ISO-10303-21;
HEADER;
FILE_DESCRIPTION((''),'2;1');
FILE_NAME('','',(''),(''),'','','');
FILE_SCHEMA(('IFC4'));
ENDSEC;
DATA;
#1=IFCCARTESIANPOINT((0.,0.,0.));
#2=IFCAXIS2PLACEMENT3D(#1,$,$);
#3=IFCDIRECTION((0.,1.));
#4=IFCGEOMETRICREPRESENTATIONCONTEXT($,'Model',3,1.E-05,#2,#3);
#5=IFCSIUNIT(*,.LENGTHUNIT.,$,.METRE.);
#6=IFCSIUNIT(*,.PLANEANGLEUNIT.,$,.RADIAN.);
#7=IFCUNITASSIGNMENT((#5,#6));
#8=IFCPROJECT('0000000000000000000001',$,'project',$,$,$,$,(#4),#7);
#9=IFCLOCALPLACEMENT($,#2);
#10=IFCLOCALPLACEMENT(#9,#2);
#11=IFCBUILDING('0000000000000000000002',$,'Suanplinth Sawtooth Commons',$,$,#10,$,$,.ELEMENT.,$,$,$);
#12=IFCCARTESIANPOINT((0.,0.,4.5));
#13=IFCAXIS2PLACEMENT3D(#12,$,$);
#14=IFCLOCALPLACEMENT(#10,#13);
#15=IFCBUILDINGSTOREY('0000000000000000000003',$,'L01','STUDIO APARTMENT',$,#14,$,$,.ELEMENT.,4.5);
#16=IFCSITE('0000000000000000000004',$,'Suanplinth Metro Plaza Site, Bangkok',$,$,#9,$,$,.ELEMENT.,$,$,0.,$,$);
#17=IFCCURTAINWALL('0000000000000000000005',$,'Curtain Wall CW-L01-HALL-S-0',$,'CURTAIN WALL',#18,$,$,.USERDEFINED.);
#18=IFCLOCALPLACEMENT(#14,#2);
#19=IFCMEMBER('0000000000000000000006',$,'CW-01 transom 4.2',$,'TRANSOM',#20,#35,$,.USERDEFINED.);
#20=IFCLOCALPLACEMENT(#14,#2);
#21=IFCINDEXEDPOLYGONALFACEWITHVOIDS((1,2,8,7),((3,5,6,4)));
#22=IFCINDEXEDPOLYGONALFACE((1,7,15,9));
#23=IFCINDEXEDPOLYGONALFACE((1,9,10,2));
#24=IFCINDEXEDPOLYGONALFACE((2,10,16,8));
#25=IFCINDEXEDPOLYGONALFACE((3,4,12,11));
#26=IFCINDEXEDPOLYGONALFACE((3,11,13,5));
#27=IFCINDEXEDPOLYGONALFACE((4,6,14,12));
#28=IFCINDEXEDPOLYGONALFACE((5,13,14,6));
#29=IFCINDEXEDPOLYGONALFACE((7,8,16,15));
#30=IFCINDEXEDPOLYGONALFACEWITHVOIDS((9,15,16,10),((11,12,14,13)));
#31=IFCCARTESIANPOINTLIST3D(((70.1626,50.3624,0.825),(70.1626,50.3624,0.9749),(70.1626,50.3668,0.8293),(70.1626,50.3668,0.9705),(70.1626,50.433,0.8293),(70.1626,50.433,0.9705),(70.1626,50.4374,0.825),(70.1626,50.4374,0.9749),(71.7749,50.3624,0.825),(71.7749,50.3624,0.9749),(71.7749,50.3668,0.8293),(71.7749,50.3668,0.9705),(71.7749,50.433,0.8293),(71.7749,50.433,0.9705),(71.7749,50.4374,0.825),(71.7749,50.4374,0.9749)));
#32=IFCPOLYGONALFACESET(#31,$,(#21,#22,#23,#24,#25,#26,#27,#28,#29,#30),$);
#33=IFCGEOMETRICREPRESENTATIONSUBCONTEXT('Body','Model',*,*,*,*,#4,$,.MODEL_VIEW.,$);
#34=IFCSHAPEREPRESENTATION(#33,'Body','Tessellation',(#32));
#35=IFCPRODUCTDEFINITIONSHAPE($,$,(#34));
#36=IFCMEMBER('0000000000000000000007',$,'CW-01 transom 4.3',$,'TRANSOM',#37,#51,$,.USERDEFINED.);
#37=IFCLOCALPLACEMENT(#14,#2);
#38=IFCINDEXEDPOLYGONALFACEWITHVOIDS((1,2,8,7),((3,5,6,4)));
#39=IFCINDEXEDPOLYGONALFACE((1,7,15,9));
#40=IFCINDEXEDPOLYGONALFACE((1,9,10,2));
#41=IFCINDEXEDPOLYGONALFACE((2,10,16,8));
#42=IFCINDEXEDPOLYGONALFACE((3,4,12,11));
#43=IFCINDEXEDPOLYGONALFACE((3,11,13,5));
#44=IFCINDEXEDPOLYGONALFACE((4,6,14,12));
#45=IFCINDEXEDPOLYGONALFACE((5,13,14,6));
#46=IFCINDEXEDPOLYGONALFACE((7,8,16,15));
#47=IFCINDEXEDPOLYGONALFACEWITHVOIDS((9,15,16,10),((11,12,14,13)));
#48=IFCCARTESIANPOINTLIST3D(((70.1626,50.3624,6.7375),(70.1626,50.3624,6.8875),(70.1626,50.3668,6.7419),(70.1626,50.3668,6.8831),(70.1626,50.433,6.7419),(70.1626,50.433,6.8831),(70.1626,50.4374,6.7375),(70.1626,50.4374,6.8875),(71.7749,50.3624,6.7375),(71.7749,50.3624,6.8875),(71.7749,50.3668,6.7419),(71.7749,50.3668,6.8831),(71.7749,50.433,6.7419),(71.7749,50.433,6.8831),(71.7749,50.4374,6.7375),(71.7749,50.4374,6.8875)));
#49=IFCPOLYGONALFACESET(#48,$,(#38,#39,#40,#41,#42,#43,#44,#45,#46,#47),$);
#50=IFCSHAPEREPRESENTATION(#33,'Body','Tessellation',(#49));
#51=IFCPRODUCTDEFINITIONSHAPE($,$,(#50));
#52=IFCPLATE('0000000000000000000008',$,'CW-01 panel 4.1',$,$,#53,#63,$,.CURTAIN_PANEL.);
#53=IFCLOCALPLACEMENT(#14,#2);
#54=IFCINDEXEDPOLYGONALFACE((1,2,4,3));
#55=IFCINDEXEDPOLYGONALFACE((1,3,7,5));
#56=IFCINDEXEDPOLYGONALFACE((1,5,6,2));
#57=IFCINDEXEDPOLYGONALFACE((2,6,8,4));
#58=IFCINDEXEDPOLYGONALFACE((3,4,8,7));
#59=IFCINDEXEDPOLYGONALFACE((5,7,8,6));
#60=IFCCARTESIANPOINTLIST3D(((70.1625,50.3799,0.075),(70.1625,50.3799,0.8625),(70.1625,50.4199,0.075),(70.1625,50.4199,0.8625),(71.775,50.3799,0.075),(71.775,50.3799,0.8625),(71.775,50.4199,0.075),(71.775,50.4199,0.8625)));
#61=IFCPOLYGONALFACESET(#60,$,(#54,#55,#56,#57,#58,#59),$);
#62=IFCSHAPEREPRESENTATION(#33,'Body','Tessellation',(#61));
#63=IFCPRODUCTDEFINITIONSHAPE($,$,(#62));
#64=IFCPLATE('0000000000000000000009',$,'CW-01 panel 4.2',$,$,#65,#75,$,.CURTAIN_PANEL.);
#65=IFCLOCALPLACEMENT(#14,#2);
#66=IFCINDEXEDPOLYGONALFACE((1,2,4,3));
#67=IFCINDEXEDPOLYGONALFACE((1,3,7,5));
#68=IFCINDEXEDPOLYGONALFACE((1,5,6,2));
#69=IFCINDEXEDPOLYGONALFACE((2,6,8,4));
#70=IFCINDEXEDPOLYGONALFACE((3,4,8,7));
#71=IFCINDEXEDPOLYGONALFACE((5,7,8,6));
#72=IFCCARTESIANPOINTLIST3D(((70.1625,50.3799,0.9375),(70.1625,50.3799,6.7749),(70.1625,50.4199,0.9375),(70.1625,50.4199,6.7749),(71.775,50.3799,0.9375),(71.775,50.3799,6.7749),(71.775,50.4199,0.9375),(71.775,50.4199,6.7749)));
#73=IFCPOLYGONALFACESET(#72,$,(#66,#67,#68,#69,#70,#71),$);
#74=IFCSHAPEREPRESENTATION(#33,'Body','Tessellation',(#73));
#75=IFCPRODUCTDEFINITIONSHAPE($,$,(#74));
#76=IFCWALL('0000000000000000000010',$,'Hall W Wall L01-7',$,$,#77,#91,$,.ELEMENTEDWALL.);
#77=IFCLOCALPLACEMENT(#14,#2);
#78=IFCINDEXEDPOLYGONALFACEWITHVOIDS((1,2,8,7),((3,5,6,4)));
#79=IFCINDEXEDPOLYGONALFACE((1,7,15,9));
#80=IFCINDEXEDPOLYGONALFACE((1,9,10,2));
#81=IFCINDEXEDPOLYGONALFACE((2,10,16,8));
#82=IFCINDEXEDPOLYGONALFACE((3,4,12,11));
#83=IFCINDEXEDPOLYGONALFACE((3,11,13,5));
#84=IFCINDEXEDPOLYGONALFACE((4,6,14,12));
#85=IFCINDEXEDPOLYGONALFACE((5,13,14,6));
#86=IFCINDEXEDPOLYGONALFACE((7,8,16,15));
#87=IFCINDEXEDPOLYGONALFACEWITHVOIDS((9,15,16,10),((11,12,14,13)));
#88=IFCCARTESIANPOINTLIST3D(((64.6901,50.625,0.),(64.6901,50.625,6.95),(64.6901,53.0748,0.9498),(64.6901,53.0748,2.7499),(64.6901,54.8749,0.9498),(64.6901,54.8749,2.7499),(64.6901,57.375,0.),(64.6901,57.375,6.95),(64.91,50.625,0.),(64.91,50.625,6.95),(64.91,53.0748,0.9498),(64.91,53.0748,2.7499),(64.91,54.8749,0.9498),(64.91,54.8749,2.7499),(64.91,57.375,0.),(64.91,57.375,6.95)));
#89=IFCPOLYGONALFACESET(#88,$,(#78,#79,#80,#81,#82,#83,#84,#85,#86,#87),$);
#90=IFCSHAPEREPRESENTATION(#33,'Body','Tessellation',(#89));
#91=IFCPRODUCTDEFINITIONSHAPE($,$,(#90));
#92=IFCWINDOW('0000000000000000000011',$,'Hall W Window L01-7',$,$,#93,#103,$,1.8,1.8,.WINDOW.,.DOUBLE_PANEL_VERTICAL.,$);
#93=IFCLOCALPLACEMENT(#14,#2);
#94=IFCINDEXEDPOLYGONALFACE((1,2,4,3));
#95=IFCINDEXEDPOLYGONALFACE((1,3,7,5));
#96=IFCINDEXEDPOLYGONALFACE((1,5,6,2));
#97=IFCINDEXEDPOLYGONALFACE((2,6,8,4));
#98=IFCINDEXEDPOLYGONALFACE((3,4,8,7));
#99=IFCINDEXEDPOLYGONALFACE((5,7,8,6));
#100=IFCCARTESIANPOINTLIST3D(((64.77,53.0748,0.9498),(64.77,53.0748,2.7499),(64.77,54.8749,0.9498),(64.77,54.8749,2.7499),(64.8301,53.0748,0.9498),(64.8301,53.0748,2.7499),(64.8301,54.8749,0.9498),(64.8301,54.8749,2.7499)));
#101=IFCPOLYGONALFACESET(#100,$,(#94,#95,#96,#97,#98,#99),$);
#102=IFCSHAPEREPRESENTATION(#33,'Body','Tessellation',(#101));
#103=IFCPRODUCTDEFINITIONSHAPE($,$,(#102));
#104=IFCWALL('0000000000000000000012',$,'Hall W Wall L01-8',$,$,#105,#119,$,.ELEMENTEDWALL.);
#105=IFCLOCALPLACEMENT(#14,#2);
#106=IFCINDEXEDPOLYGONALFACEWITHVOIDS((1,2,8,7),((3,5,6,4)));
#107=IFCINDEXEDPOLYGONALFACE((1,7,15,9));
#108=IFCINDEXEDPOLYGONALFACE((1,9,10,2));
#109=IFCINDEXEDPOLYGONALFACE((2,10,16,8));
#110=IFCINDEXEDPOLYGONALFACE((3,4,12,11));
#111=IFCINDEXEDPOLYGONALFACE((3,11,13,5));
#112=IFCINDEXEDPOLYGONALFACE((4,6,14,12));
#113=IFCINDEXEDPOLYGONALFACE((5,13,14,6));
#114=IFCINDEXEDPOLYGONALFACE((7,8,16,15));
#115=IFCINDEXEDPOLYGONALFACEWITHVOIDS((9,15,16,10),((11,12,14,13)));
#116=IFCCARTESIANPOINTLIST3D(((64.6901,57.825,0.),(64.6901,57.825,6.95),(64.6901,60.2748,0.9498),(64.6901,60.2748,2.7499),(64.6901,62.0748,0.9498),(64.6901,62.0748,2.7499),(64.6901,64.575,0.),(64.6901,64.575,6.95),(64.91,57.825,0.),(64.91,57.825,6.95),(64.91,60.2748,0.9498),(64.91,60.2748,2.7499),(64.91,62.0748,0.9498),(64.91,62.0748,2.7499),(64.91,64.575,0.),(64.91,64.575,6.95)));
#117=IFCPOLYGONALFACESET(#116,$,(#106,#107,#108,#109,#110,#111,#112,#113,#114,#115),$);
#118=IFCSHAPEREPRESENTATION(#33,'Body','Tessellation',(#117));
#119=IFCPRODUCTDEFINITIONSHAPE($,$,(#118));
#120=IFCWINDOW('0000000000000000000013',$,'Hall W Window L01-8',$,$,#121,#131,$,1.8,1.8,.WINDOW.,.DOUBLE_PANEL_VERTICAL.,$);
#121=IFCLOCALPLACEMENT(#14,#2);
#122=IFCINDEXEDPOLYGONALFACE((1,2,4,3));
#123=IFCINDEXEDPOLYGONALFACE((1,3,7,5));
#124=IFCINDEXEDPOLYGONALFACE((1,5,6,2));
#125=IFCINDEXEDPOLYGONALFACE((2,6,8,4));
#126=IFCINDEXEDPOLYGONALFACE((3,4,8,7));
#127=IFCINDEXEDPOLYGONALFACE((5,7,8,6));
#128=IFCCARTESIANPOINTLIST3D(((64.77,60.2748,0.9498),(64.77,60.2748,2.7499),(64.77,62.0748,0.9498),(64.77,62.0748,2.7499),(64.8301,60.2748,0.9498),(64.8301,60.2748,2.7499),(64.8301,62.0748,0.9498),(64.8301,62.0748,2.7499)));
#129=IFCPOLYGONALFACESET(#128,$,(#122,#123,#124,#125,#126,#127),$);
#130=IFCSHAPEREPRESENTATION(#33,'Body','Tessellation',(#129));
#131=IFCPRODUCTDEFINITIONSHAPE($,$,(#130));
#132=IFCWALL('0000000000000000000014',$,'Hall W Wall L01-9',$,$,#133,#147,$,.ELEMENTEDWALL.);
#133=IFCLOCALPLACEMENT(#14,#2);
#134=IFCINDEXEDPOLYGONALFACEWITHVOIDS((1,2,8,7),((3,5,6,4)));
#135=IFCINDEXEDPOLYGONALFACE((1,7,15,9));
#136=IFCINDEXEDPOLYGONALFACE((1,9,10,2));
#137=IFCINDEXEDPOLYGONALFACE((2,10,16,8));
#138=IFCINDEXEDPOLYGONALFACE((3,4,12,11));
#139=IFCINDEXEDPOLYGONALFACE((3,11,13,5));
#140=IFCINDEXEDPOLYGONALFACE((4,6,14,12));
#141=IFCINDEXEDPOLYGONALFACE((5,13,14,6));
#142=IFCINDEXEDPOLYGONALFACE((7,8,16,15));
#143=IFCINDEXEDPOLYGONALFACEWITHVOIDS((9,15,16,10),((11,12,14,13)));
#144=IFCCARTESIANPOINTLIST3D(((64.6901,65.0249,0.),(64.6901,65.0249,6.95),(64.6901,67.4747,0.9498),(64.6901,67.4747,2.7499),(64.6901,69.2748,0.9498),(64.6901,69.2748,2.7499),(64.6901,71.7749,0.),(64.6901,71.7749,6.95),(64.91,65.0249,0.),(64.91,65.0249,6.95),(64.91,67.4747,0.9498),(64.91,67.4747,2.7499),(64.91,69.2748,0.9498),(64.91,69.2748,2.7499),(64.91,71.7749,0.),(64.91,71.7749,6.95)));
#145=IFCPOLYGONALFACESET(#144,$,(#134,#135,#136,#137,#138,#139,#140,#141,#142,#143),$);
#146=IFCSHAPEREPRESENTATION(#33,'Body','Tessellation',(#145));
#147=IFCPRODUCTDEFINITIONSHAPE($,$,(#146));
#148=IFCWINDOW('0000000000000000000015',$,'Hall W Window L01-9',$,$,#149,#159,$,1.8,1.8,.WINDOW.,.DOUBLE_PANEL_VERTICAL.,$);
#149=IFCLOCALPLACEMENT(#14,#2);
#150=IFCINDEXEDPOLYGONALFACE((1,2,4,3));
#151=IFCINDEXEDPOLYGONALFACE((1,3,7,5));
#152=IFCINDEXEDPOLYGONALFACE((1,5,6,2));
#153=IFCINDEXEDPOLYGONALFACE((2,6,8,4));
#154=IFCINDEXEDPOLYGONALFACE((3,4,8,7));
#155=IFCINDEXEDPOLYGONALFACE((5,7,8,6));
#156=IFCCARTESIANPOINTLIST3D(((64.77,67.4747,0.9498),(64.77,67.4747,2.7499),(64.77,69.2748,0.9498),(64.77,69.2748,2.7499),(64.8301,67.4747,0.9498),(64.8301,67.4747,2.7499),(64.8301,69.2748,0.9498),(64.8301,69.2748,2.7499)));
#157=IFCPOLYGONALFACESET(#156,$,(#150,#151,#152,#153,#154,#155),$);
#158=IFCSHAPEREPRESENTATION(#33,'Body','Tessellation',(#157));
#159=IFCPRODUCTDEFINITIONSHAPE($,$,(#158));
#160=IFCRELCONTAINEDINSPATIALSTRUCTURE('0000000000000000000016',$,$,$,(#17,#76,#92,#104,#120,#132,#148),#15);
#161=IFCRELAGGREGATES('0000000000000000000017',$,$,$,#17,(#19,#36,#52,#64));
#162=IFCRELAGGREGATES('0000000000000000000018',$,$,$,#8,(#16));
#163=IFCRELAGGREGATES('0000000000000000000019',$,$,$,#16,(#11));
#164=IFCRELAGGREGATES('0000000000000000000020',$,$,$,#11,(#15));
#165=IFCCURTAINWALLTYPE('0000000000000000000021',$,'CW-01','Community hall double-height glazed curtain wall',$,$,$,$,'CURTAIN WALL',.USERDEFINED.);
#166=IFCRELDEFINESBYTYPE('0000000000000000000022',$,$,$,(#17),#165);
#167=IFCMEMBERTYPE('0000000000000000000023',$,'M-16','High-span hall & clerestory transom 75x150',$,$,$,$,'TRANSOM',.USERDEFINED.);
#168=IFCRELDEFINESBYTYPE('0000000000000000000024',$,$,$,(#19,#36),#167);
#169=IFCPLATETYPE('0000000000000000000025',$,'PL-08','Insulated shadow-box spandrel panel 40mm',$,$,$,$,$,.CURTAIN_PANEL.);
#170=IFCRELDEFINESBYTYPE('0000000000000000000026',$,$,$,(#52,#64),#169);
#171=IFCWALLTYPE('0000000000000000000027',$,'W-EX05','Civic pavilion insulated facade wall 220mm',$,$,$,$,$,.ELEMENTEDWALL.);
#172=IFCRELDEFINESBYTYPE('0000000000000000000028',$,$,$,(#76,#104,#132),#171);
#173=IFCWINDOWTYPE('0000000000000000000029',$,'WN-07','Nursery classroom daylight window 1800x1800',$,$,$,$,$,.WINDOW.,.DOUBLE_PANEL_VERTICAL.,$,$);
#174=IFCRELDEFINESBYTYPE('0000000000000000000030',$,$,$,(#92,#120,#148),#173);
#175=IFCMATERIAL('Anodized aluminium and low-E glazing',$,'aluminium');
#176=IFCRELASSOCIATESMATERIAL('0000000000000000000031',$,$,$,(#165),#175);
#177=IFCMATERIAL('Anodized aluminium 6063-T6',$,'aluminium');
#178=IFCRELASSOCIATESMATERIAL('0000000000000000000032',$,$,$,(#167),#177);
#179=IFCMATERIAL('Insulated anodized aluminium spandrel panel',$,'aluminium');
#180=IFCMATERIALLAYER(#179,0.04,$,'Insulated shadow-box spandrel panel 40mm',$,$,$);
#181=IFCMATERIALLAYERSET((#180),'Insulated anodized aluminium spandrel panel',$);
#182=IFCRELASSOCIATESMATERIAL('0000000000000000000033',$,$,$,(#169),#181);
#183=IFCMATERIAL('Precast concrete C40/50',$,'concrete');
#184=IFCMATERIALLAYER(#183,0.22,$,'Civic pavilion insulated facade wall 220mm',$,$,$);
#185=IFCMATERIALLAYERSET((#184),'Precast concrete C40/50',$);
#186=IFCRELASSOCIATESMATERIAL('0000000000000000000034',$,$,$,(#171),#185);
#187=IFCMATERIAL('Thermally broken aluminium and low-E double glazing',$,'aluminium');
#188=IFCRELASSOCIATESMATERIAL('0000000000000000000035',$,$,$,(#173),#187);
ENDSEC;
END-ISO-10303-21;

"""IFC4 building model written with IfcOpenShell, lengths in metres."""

from ifc_helpers import new_model, si_unit, direction, frame, frame_2d, origin, origin_2d, place, context, subcontext, project, spatial, rectangle, hollow_rectangle, extrude, material, layer, layer_set, material_profile, profile_set, type_object, element, fill, aggregate, save


model = new_model("IFC4")

# Units and contexts
model_context = context("Model", 3, precision=1e-05, world=origin(), true_north=direction((0.0, 1.0)))
body_context = subcontext(model_context, "Body", "Model", "MODEL_VIEW")
ifc_project = project(units=[si_unit("LENGTHUNIT", "METRE"), si_unit("PLANEANGLEUNIT", "RADIAN")], contexts=[model_context])

# Site, building, storey
site_placement = place(None, origin())
site = spatial("IfcSite", under=ifc_project, at=site_placement, Name="Suanplinth Metro Plaza Site, Bangkok", CompositionType="ELEMENT", RefElevation=0.0)
building_placement = place(site_placement, origin())
building = spatial("IfcBuilding", under=site, at=building_placement, Name="Suanplinth Sawtooth Commons", CompositionType="ELEMENT")
storey_placement = place(building_placement, frame((0.0, 0.0, 4.5)))
storey = spatial("IfcBuildingStorey", under=building, at=storey_placement, Name="L01", Description="STUDIO APARTMENT", CompositionType="ELEMENT", Elevation=4.5)

# Shared definitions
ifc_material_1 = material(Name="Precast concrete C40/50", Category="concrete")

# Curtain wall, members, plates
ifc_material_2 = material(Name="Anodized aluminium and low-E glazing", Category="aluminium")
curtain_wall_type = type_object("IfcCurtainWallType", Name="CW-01", Description="Community hall double-height glazed curtain wall", ElementType="CURTAIN WALL", PredefinedType="USERDEFINED", material=ifc_material_2)
curtain_wall_placement = place(storey_placement, origin())
curtain_wall = element("IfcCurtainWall", 1, at=curtain_wall_placement, inside=storey, type_object=curtain_wall_type, Name="Curtain Wall CW-L01-HALL-S-0", ObjectType="CURTAIN WALL", PredefinedType="USERDEFINED")
ifc_material_3 = material(Name="Anodized aluminium 6063-T6", Category="aluminium")
ifc_material_profile_1 = material_profile(ifc_material_3, hollow_rectangle(XDim=0.075, YDim=0.1499, WallThickness=0.0044, at=origin_2d()), Name="ALU-TRN 75x150")
ifc_profile_set_1 = profile_set([ifc_material_profile_1], Name="Anodized aluminium 6063-T6")
member_type_1 = type_object("IfcMemberType", Name="M-16", Description="High-span hall & clerestory transom 75x150", ElementType="TRANSOM", PredefinedType="USERDEFINED", material=ifc_profile_set_1)
member_1_placement = place(storey_placement, frame((70.1626, 50.3999, 0.8999), z_axis=(1.0, 0.0, 0.0), x_axis=(0.0, 1.0, 0.0)))
member_1 = element("IfcMember", 2, at=member_1_placement, type_object=member_type_1, Name="CW-01 transom 4.2", ObjectType="TRANSOM", PredefinedType="USERDEFINED", context=body_context, shape_type="SweptSolid", body=[
    extrude(hollow_rectangle(XDim=0.075, YDim=0.1499, WallThickness=0.0044, at=origin_2d()), origin(), (0.0, 0.0, 1.0), 1.6123),
])
member_2_placement = place(storey_placement, frame((70.1626, 50.3999, 6.8125), z_axis=(1.0, 0.0, 0.0), x_axis=(0.0, 1.0, 0.0)))
member_2 = element("IfcMember", 3, at=member_2_placement, type_object=member_type_1, Name="CW-01 transom 4.3", ObjectType="TRANSOM", PredefinedType="USERDEFINED", context=body_context, shape_type="SweptSolid", body=[
    extrude(hollow_rectangle(XDim=0.075, YDim=0.1499, WallThickness=0.0044, at=origin_2d()), origin(), (0.0, 0.0, 1.0), 1.6123),
])
ifc_material_4 = material(Name="Insulated anodized aluminium spandrel panel", Category="aluminium")
ifc_layer_1 = layer(ifc_material_4, 0.04, Name="Insulated shadow-box spandrel panel 40mm")
ifc_layer_set_1 = layer_set([ifc_layer_1], Name="Insulated anodized aluminium spandrel panel")
plate_type = type_object("IfcPlateType", Name="PL-08", Description="Insulated shadow-box spandrel panel 40mm", PredefinedType="CURTAIN_PANEL", material=ifc_layer_set_1)
plate_1_placement = place(storey_placement, frame((70.9688, 50.3999, 0.075), z_axis=(0.0, 0.0, 1.0), x_axis=(1.0, 0.0, 0.0)))
plate_1 = element("IfcPlate", 4, at=plate_1_placement, type_object=plate_type, Name="CW-01 panel 4.1", PredefinedType="CURTAIN_PANEL", context=body_context, shape_type="SweptSolid", body=[
    extrude(rectangle(XDim=1.6125, YDim=0.04, at=origin_2d()), origin(), (0.0, 0.0, 1.0), 0.7876),
])
plate_2_placement = place(storey_placement, frame((70.9688, 50.3999, 0.9375), z_axis=(0.0, 0.0, 1.0), x_axis=(1.0, 0.0, 0.0)))
plate_2 = element("IfcPlate", 5, at=plate_2_placement, type_object=plate_type, Name="CW-01 panel 4.2", PredefinedType="CURTAIN_PANEL", context=body_context, shape_type="SweptSolid", body=[
    extrude(rectangle(XDim=1.6125, YDim=0.04, at=origin_2d()), origin(), (0.0, 0.0, 1.0), 5.8374),
])
aggregate(curtain_wall, [member_1, member_2, plate_1, plate_2])

# Walls, openings, windows
ifc_layer_2 = layer(ifc_material_1, 0.22, Name="Civic pavilion insulated facade wall 220mm")
ifc_layer_set_2 = layer_set([ifc_layer_2], Name="Precast concrete C40/50")
wall_type = type_object("IfcWallType", Name="W-EX05", Description="Civic pavilion insulated facade wall 220mm", PredefinedType="ELEMENTEDWALL", material=ifc_layer_set_2)
wall_1_placement = place(storey_placement, frame((64.8, 50.625, 0.0), z_axis=(0.0, 0.0, 1.0), x_axis=(0.0, 1.0, 0.0)))
wall_1 = element("IfcWall", 6, at=wall_1_placement, inside=storey, type_object=wall_type, Name="Hall W Wall L01-7", PredefinedType="ELEMENTEDWALL", context=body_context, shape_type="SweptSolid", body=[
    extrude(rectangle(XDim=6.75, YDim=0.22, at=frame_2d((3.375, 0.0))), origin(), (0.0, 0.0, 1.0), 6.95),
])
opening_1_placement = place(wall_1_placement, frame((2.45, 0.0, 0.95)))
opening_1 = element("IfcOpeningElement", 7, at=opening_1_placement, cuts=wall_1, PredefinedType="OPENING", context=body_context, shape_type="SweptSolid", body=[
    extrude(rectangle(XDim=1.8, YDim=1.8, at=frame_2d((0.8999, 0.8999))), frame((0.0, 0.125, 0.0), z_axis=(0.0, -1.0, 0.0), x_axis=(1.0, 0.0, 0.0)), (0.0, 0.0, 1.0), 0.2498),
])
ifc_material_5 = material(Name="Thermally broken aluminium and low-E double glazing", Category="aluminium")
window_type_1 = type_object("IfcWindowType", Name="WN-07", Description="Nursery classroom daylight window 1800x1800", PartitioningType="DOUBLE_PANEL_VERTICAL", PredefinedType="WINDOW", material=ifc_material_5)
window_1_placement = place(opening_1_placement, origin())
window_1 = element("IfcWindow", 8, at=window_1_placement, inside=storey, type_object=window_type_1, Name="Hall W Window L01-7", OverallHeight=1.8, OverallWidth=1.8, PartitioningType="DOUBLE_PANEL_VERTICAL", PredefinedType="WINDOW", context=body_context, shape_type="SweptSolid", body=[
    extrude(rectangle(XDim=1.8, YDim=1.8, at=frame_2d((0.8999, 0.8999))), frame((0.0, 0.03, 0.0), z_axis=(0.0, -1.0, 0.0), x_axis=(1.0, 0.0, 0.0)), (0.0, 0.0, 1.0), 0.0601),
])
fill(opening_1, window_1)
wall_2_placement = place(storey_placement, frame((64.8, 57.825, 0.0), z_axis=(0.0, 0.0, 1.0), x_axis=(0.0, 1.0, 0.0)))
wall_2 = element("IfcWall", 9, at=wall_2_placement, inside=storey, type_object=wall_type, Name="Hall W Wall L01-8", PredefinedType="ELEMENTEDWALL", context=body_context, shape_type="SweptSolid", body=[
    extrude(rectangle(XDim=6.75, YDim=0.22, at=frame_2d((3.375, 0.0))), origin(), (0.0, 0.0, 1.0), 6.95),
])
opening_2_placement = place(wall_2_placement, frame((2.45, 0.0, 0.95)))
opening_2 = element("IfcOpeningElement", 10, at=opening_2_placement, cuts=wall_2, PredefinedType="OPENING", context=body_context, shape_type="SweptSolid", body=[
    extrude(rectangle(XDim=1.8, YDim=1.8, at=frame_2d((0.8999, 0.8999))), frame((0.0, 0.125, 0.0), z_axis=(0.0, -1.0, 0.0), x_axis=(1.0, 0.0, 0.0)), (0.0, 0.0, 1.0), 0.2498),
])
window_2_placement = place(opening_2_placement, origin())
window_2 = element("IfcWindow", 11, at=window_2_placement, inside=storey, type_object=window_type_1, Name="Hall W Window L01-8", OverallHeight=1.8, OverallWidth=1.8, PartitioningType="DOUBLE_PANEL_VERTICAL", PredefinedType="WINDOW", context=body_context, shape_type="SweptSolid", body=[
    extrude(rectangle(XDim=1.8, YDim=1.8, at=frame_2d((0.8999, 0.8999))), frame((0.0, 0.03, 0.0), z_axis=(0.0, -1.0, 0.0), x_axis=(1.0, 0.0, 0.0)), (0.0, 0.0, 1.0), 0.0601),
])
fill(opening_2, window_2)
wall_3_placement = place(storey_placement, frame((64.8, 65.0249, 0.0), z_axis=(0.0, 0.0, 1.0), x_axis=(0.0, 1.0, 0.0)))
wall_3 = element("IfcWall", 12, at=wall_3_placement, inside=storey, type_object=wall_type, Name="Hall W Wall L01-9", PredefinedType="ELEMENTEDWALL", context=body_context, shape_type="SweptSolid", body=[
    extrude(rectangle(XDim=6.75, YDim=0.22, at=frame_2d((3.375, 0.0))), origin(), (0.0, 0.0, 1.0), 6.95),
])
opening_3_placement = place(wall_3_placement, frame((2.45, 0.0, 0.95)))
opening_3 = element("IfcOpeningElement", 13, at=opening_3_placement, cuts=wall_3, PredefinedType="OPENING", context=body_context, shape_type="SweptSolid", body=[
    extrude(rectangle(XDim=1.8, YDim=1.8, at=frame_2d((0.8999, 0.8999))), frame((0.0, 0.125, 0.0), z_axis=(0.0, -1.0, 0.0), x_axis=(1.0, 0.0, 0.0)), (0.0, 0.0, 1.0), 0.2498),
])
window_3_placement = place(opening_3_placement, origin())
window_3 = element("IfcWindow", 14, at=window_3_placement, inside=storey, type_object=window_type_1, Name="Hall W Window L01-9", OverallHeight=1.8, OverallWidth=1.8, PartitioningType="DOUBLE_PANEL_VERTICAL", PredefinedType="WINDOW", context=body_context, shape_type="SweptSolid", body=[
    extrude(rectangle(XDim=1.8, YDim=1.8, at=frame_2d((0.8999, 0.8999))), frame((0.0, 0.03, 0.0), z_axis=(0.0, -1.0, 0.0), x_axis=(1.0, 0.0, 0.0)), (0.0, 0.0, 1.0), 0.0601),
])
fill(opening_3, window_3)

save(model, "model.ifc")
